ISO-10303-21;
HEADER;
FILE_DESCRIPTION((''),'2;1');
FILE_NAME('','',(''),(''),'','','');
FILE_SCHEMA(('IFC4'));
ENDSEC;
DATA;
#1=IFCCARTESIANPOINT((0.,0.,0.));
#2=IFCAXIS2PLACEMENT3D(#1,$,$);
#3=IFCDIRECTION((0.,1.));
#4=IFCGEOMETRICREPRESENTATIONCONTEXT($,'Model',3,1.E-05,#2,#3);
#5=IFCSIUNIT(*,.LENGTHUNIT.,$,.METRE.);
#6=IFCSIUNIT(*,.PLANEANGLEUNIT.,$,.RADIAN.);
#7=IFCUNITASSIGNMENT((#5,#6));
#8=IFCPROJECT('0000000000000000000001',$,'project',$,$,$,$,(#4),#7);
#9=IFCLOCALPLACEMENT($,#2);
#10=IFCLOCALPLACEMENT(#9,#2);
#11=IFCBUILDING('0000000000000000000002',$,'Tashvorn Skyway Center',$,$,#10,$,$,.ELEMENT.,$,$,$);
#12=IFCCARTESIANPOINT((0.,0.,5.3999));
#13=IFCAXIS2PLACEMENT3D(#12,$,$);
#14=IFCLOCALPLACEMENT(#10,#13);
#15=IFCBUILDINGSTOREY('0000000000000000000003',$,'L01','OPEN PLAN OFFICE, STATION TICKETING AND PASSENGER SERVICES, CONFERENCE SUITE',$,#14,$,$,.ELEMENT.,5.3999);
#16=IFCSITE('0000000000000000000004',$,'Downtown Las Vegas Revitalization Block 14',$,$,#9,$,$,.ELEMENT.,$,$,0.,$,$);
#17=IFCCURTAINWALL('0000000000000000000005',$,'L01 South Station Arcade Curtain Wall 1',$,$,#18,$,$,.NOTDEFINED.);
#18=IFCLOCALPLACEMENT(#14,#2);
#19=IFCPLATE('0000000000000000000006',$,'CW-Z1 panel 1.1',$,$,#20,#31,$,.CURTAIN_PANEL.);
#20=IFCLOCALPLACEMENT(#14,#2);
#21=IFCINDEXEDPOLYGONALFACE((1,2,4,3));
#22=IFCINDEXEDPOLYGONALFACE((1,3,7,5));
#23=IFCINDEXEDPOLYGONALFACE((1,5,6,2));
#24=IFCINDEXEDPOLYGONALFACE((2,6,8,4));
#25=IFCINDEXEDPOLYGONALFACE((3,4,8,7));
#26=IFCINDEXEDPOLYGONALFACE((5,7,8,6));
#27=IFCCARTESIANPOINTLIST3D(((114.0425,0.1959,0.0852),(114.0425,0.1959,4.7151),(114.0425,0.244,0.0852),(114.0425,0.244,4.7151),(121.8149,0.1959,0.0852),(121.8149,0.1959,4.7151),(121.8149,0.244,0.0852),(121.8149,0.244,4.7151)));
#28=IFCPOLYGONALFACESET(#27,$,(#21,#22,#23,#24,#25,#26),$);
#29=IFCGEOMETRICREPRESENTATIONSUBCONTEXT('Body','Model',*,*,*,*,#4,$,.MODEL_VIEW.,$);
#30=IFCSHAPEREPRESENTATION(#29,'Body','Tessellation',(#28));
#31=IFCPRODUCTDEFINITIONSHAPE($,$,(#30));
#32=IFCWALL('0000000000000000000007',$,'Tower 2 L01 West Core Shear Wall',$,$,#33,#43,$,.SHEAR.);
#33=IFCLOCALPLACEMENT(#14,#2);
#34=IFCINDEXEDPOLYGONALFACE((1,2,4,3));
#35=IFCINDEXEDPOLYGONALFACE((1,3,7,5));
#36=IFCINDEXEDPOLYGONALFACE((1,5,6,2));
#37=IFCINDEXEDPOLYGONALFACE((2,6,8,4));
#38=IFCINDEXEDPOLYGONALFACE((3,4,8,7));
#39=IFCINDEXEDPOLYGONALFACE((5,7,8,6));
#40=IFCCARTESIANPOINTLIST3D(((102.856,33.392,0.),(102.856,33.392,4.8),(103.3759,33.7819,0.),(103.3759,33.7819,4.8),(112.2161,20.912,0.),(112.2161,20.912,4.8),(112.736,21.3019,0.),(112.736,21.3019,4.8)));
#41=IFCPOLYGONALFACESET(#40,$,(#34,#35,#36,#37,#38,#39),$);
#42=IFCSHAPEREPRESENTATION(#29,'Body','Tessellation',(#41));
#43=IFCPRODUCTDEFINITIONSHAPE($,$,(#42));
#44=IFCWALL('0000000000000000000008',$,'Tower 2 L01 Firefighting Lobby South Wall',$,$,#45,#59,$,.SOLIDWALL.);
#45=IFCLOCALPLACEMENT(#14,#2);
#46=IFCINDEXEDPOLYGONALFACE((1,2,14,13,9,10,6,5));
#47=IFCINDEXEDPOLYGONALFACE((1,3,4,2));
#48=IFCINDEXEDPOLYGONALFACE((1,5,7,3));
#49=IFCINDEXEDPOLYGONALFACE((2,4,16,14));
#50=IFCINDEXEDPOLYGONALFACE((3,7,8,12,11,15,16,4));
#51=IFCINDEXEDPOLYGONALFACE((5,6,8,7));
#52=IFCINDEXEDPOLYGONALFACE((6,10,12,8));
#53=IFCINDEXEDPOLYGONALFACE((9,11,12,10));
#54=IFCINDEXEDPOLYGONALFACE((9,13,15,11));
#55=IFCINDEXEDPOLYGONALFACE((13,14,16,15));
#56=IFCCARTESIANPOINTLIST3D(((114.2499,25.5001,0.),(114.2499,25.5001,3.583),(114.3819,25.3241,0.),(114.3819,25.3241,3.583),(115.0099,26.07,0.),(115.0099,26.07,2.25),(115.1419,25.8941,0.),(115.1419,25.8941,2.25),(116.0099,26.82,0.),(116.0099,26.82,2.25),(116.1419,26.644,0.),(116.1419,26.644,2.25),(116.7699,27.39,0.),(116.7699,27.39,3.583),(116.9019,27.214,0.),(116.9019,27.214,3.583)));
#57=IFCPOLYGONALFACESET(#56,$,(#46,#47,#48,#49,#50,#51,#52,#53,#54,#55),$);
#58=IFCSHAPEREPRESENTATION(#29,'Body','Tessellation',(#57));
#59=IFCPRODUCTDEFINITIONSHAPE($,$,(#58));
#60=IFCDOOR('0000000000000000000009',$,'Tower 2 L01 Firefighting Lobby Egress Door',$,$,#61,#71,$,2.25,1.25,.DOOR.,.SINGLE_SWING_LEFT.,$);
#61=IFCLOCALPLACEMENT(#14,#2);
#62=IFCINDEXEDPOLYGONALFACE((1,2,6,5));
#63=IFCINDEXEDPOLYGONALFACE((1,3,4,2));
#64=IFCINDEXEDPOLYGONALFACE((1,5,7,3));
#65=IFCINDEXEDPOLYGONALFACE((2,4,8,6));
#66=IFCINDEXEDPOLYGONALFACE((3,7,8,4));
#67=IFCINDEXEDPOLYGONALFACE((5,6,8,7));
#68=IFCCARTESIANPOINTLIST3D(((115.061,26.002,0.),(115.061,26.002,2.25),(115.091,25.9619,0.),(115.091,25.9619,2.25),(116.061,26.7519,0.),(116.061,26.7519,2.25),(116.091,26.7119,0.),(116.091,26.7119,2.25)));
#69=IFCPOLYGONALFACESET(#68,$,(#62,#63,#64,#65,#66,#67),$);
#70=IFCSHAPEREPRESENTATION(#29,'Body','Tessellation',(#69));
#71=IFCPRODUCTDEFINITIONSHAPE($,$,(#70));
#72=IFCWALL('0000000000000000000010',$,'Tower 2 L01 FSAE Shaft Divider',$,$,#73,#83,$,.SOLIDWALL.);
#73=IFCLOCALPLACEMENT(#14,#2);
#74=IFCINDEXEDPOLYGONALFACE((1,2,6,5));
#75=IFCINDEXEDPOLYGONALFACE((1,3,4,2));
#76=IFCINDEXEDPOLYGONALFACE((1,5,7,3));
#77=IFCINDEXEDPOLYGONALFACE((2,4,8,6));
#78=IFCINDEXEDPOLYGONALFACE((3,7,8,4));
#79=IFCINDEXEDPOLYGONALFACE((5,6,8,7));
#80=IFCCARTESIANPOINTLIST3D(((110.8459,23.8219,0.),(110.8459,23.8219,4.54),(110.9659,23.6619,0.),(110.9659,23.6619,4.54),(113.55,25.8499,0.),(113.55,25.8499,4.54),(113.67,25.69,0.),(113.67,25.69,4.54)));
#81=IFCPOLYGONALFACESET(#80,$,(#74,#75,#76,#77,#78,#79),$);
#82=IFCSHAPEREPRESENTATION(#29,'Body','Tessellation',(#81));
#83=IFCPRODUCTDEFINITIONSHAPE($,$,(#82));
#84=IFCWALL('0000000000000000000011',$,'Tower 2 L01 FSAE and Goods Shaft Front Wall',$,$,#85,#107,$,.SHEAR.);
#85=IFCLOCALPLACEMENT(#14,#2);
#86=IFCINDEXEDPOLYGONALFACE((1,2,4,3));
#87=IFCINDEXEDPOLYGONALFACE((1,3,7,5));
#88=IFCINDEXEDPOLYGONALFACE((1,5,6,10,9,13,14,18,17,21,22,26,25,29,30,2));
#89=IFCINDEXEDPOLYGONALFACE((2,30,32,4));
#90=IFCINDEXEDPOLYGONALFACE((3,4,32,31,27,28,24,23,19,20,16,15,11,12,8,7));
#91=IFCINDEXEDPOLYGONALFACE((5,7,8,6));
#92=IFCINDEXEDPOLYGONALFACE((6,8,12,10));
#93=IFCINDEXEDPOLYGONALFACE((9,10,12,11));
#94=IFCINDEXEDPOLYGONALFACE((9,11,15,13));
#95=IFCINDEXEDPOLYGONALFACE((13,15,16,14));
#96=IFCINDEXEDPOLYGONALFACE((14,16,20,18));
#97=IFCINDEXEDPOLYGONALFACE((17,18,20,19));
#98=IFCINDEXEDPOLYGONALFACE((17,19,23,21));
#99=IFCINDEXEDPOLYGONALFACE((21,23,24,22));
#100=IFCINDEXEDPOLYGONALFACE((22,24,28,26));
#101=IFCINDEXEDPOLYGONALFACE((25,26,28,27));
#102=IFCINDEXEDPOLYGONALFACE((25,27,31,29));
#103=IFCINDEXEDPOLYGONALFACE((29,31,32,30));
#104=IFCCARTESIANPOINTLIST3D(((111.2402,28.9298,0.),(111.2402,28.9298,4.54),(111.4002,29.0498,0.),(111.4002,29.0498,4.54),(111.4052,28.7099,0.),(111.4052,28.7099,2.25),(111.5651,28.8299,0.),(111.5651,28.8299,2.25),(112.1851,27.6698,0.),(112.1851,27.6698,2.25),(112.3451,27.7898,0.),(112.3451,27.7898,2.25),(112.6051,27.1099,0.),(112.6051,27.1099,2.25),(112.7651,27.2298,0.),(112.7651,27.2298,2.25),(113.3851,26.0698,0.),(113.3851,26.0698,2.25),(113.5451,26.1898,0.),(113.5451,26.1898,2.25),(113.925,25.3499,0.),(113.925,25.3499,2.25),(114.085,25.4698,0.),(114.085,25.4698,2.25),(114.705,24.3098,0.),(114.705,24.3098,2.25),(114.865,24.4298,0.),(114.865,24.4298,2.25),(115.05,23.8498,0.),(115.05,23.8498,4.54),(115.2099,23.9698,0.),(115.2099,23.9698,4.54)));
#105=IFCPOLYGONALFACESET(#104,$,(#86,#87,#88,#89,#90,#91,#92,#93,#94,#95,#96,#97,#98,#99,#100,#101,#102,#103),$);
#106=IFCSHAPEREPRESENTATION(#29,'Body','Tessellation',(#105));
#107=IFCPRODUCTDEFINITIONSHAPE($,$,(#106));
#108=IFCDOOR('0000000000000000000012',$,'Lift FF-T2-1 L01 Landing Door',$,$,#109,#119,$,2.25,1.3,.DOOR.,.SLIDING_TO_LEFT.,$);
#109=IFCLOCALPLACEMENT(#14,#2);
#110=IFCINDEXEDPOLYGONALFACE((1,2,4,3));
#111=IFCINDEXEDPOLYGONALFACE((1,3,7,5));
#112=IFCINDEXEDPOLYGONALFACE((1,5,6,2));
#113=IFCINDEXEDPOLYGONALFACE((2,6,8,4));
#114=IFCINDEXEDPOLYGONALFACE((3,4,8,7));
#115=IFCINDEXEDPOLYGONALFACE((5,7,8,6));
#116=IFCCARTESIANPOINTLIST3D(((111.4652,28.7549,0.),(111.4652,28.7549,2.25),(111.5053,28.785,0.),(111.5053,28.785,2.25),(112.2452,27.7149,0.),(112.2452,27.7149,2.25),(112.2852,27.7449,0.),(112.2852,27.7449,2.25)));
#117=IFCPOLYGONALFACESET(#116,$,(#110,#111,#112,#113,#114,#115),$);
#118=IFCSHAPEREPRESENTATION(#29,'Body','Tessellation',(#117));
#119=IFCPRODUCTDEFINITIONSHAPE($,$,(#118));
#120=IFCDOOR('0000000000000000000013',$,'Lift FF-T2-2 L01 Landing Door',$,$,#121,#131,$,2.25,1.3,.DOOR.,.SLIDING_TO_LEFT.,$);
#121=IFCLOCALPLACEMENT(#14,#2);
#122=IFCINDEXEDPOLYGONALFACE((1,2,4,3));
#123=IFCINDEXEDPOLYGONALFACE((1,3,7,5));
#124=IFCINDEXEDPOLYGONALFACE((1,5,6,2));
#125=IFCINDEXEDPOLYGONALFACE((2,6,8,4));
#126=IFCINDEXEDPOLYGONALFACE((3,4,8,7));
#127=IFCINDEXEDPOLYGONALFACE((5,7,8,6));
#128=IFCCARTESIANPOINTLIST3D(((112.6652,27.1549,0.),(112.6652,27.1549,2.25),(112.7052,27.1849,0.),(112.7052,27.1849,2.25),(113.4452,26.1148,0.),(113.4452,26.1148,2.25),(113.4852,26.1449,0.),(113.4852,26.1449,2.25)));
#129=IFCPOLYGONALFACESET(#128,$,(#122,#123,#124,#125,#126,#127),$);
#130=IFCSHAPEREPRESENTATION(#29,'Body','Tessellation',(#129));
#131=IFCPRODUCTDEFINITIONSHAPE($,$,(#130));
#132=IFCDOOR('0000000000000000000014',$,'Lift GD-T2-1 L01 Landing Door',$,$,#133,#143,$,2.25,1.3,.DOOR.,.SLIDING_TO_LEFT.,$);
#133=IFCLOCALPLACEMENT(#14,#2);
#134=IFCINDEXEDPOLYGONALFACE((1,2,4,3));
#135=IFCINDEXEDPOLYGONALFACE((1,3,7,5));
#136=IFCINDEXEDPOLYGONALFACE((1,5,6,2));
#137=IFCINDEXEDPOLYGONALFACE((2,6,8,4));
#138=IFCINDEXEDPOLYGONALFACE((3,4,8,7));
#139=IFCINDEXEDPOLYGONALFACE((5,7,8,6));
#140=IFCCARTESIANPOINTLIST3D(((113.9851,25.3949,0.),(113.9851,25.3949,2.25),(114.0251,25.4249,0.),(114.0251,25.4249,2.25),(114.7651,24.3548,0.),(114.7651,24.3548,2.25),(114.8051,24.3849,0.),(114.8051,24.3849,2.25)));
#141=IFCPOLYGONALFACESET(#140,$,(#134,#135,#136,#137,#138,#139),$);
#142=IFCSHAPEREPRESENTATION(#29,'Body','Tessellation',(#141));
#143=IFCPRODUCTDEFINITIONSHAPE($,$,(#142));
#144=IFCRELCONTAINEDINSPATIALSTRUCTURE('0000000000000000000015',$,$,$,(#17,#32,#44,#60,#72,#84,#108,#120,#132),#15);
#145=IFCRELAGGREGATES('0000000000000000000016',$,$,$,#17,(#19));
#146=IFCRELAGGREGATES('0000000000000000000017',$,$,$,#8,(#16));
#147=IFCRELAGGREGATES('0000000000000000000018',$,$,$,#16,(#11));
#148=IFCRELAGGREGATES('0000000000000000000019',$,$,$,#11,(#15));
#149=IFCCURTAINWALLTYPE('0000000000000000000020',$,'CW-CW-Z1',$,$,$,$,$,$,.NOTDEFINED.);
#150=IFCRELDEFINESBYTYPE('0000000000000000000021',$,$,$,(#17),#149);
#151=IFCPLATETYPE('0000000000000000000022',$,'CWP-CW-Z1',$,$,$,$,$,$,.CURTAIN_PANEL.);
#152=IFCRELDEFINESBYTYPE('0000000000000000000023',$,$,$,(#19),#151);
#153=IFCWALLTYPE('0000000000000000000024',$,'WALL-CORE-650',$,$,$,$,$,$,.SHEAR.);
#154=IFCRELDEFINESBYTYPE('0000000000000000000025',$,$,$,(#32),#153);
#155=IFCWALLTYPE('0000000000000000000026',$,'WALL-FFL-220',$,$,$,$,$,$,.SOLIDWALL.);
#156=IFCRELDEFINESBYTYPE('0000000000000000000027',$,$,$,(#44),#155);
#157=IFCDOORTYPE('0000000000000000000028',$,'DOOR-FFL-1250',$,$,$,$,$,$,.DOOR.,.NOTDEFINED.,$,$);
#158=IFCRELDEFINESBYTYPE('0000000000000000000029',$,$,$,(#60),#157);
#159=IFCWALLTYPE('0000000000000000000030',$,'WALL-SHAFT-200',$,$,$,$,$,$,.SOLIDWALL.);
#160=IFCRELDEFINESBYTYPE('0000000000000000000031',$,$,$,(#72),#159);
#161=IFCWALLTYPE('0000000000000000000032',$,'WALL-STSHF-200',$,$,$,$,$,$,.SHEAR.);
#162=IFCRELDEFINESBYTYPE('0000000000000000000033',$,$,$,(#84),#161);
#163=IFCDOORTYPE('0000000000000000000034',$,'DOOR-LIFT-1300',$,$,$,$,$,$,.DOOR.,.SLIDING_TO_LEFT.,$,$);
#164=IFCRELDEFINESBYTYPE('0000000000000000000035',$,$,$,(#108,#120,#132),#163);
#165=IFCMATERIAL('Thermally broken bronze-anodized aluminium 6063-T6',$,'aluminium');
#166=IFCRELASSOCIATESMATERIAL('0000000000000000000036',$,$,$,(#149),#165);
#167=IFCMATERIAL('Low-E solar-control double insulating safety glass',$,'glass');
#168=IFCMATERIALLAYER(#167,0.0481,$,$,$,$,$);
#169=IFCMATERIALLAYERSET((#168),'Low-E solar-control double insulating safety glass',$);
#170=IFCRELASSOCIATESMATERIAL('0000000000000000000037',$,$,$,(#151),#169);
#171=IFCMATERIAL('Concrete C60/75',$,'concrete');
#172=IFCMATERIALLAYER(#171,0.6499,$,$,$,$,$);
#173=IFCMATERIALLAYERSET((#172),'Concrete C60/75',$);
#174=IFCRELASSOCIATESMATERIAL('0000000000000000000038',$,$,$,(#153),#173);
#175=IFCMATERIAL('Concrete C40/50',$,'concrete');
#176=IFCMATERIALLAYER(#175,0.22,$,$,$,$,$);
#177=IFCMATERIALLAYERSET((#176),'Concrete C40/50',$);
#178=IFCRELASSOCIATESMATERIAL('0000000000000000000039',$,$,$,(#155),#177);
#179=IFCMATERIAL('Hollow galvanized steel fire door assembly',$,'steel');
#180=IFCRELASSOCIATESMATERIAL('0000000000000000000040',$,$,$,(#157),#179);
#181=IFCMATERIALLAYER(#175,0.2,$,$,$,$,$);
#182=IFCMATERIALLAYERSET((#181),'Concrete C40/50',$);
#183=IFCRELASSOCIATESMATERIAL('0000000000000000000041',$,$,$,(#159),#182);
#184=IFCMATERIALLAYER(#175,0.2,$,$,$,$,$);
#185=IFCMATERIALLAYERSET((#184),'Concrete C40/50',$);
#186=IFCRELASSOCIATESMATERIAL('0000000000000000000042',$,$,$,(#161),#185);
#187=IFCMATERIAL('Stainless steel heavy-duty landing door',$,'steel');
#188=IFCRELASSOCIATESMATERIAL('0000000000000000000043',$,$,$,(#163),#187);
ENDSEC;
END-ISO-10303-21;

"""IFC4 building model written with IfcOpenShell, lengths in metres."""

from ifc_helpers import new_model, si_unit, direction, frame, frame_2d, origin, origin_2d, place, context, subcontext, project, spatial, rectangle, extrude, material, layer, layer_set, type_object, element, fill, aggregate, save


model = new_model("IFC4")

# Units and contexts
model_context = context("Model", 3, precision=1e-05, world=origin(), true_north=direction((0.0, 1.0)))
body_context = subcontext(model_context, "Body", "Model", "MODEL_VIEW")
ifc_project = project(units=[si_unit("LENGTHUNIT", "METRE"), si_unit("PLANEANGLEUNIT", "RADIAN")], contexts=[model_context])

# Site, building, storey
site_placement = place(None, origin())
site = spatial("IfcSite", under=ifc_project, at=site_placement, Name="Downtown Las Vegas Revitalization Block 14", CompositionType="ELEMENT", RefElevation=0.0)
building_placement = place(site_placement, origin())
building = spatial("IfcBuilding", under=site, at=building_placement, Name="Tashvorn Skyway Center", CompositionType="ELEMENT")
storey_placement = place(building_placement, frame((0.0, 0.0, 5.3999)))
storey = spatial("IfcBuildingStorey", under=building, at=storey_placement, Name="L01", Description="OPEN PLAN OFFICE, STATION TICKETING AND PASSENGER SERVICES, CONFERENCE SUITE", CompositionType="ELEMENT", Elevation=5.3999)

# Curtain wall, plate
ifc_material_1 = material(Name="Thermally broken bronze-anodized aluminium 6063-T6", Category="aluminium")
curtain_wall_type = type_object("IfcCurtainWallType", Name="CW-CW-Z1", PredefinedType="NOTDEFINED", material=ifc_material_1)
curtain_wall_placement = place(storey_placement, origin())
curtain_wall = element("IfcCurtainWall", 1, at=curtain_wall_placement, inside=storey, type_object=curtain_wall_type, Name="L01 South Station Arcade Curtain Wall 1", PredefinedType="NOTDEFINED")
ifc_material_2 = material(Name="Low-E solar-control double insulating safety glass", Category="glass")
ifc_layer_1 = layer(ifc_material_2, 0.0481)
ifc_layer_set_1 = layer_set([ifc_layer_1], Name="Low-E solar-control double insulating safety glass")
plate_type = type_object("IfcPlateType", Name="CWP-CW-Z1", PredefinedType="CURTAIN_PANEL", material=ifc_layer_set_1)
plate_placement = place(storey_placement, frame((117.9287, 0.22, 0.0852), z_axis=(0.0, 0.0, 1.0), x_axis=(-1.0, 0.0, 0.0)))
plate = element("IfcPlate", 2, at=plate_placement, type_object=plate_type, Name="CW-Z1 panel 1.1", PredefinedType="CURTAIN_PANEL", context=body_context, shape_type="SweptSolid", body=[
    extrude(rectangle(XDim=7.7725, YDim=0.0481, at=origin_2d()), origin(), (0.0, 0.0, 1.0), 4.6299),
])
aggregate(curtain_wall, [plate])

# Wall
ifc_material_3 = material(Name="Concrete C60/75", Category="concrete")
ifc_layer_2 = layer(ifc_material_3, 0.6499)
ifc_layer_set_2 = layer_set([ifc_layer_2], Name="Concrete C60/75")
wall_type_1 = type_object("IfcWallType", Name="WALL-CORE-650", PredefinedType="SHEAR", material=ifc_layer_set_2)
wall_1_placement = place(storey_placement, frame((112.4761, 21.1069, 0.0), z_axis=(0.0, 0.0, 1.0), x_axis=(-0.600005, 0.799996, 0.0)))
element("IfcWall", 3, at=wall_1_placement, inside=storey, type_object=wall_type_1, Name="Tower 2 L01 West Core Shear Wall", PredefinedType="SHEAR", context=body_context, shape_type="SweptSolid", body=[
    extrude(rectangle(XDim=15.6001, YDim=0.6499, at=frame_2d((7.8, 0.0))), origin(), (0.0, 0.0, 1.0), 4.8),
])

# Wall, opening, door
ifc_material_4 = material(Name="Concrete C40/50", Category="concrete")
ifc_layer_3 = layer(ifc_material_4, 0.22)
ifc_layer_set_3 = layer_set([ifc_layer_3], Name="Concrete C40/50")
wall_type_2 = type_object("IfcWallType", Name="WALL-FFL-220", PredefinedType="SOLIDWALL", material=ifc_layer_set_3)
wall_2_placement = place(storey_placement, frame((114.3159, 25.4121, 0.0), z_axis=(0.0, 0.0, 1.0), x_axis=(0.800019, 0.599975, 0.0)))
wall_2 = element("IfcWall", 4, at=wall_2_placement, inside=storey, type_object=wall_type_2, Name="Tower 2 L01 Firefighting Lobby South Wall", PredefinedType="SOLIDWALL", context=body_context, shape_type="SweptSolid", body=[
    extrude(rectangle(XDim=3.1499, YDim=0.22, at=frame_2d((1.575, 0.0))), origin(), (0.0, 0.0, 1.0), 3.583),
])
opening_1_placement = place(wall_2_placement, frame((0.95, 0.0, 0.0)))
opening_1 = element("IfcOpeningElement", 5, at=opening_1_placement, cuts=wall_2, PredefinedType="OPENING", context=body_context, shape_type="SweptSolid", body=[
    extrude(rectangle(XDim=1.25, YDim=2.25, at=frame_2d((0.625, 1.125))), frame((0.0, 0.1199, 0.0), z_axis=(0.0, -1.0, 0.0), x_axis=(1.0, 0.0, 0.0)), (0.0, 0.0, 1.0), 0.24),
])
ifc_material_5 = material(Name="Hollow galvanized steel fire door assembly", Category="steel")
door_type_1 = type_object("IfcDoorType", Name="DOOR-FFL-1250", OperationType="NOTDEFINED", PredefinedType="DOOR", material=ifc_material_5)
door_1_placement = place(opening_1_placement, origin())
door_1 = element("IfcDoor", 6, at=door_1_placement, inside=storey, type_object=door_type_1, Name="Tower 2 L01 Firefighting Lobby Egress Door", OperationType="SINGLE_SWING_LEFT", OverallHeight=2.25, OverallWidth=1.25, PredefinedType="DOOR", context=body_context, shape_type="SweptSolid", body=[
    extrude(rectangle(XDim=1.25, YDim=2.25, at=frame_2d((0.625, 1.125))), frame((0.0, 0.0249, 0.0), z_axis=(0.0, -1.0, 0.0), x_axis=(1.0, 0.0, 0.0)), (0.0, 0.0, 1.0), 0.05),
])
fill(opening_1, door_1)

# Wall
ifc_layer_4 = layer(ifc_material_4, 0.2)
ifc_layer_set_4 = layer_set([ifc_layer_4], Name="Concrete C40/50")
wall_type_3 = type_object("IfcWallType", Name="WALL-SHAFT-200", PredefinedType="SOLIDWALL", material=ifc_layer_set_4)
wall_3_placement = place(storey_placement, frame((110.906, 23.7419, 0.0), z_axis=(0.0, 0.0, 1.0), x_axis=(0.8, 0.6, 0.0)))
element("IfcWall", 7, at=wall_3_placement, inside=storey, type_object=wall_type_3, Name="Tower 2 L01 FSAE Shaft Divider", PredefinedType="SOLIDWALL", context=body_context, shape_type="SweptSolid", body=[
    extrude(rectangle(XDim=3.3801, YDim=0.2, at=frame_2d((1.6899, 0.0))), origin(), (0.0, 0.0, 1.0), 4.54),
])

# Wall, openings, doors
ifc_layer_5 = layer(ifc_material_4, 0.2)
ifc_layer_set_5 = layer_set([ifc_layer_5], Name="Concrete C40/50")
wall_type_4 = type_object("IfcWallType", Name="WALL-STSHF-200", PredefinedType="SHEAR", material=ifc_layer_set_5)
wall_4_placement = place(storey_placement, frame((115.1299, 23.9099, 0.0), z_axis=(0.0, 0.0, 1.0), x_axis=(-0.599975, 0.800018, 0.0)))
wall_4 = element("IfcWall", 8, at=wall_4_placement, inside=storey, type_object=wall_type_4, Name="Tower 2 L01 FSAE and Goods Shaft Front Wall", PredefinedType="SHEAR", context=body_context, shape_type="SweptSolid", body=[
    extrude(rectangle(XDim=6.3499, YDim=0.2, at=frame_2d((3.1748, 0.0))), origin(), (0.0, 0.0, 1.0), 4.54),
])
opening_2_placement = place(wall_4_placement, frame((4.7749, 0.0, 0.0)))
opening_2 = element("IfcOpeningElement", 9, at=opening_2_placement, cuts=wall_4, PredefinedType="OPENING", context=body_context, shape_type="SweptSolid", body=[
    extrude(rectangle(XDim=1.3, YDim=2.25, at=frame_2d((0.6499, 1.125))), frame((0.0, 0.1099, 0.0), z_axis=(0.0, -1.0, 0.0), x_axis=(1.0, 0.0, 0.0)), (0.0, 0.0, 1.0), 0.22),
])
opening_3_placement = place(wall_4_placement, frame((2.7749, 0.0, 0.0)))
opening_3 = element("IfcOpeningElement", 10, at=opening_3_placement, cuts=wall_4, PredefinedType="OPENING", context=body_context, shape_type="SweptSolid", body=[
    extrude(rectangle(XDim=1.3, YDim=2.25, at=frame_2d((0.6499, 1.125))), frame((0.0, 0.1099, 0.0), z_axis=(0.0, -1.0, 0.0), x_axis=(1.0, 0.0, 0.0)), (0.0, 0.0, 1.0), 0.22),
])
opening_4_placement = place(wall_4_placement, frame((0.575, 0.0, 0.0)))
opening_4 = element("IfcOpeningElement", 11, at=opening_4_placement, cuts=wall_4, PredefinedType="OPENING", context=body_context, shape_type="SweptSolid", body=[
    extrude(rectangle(XDim=1.3, YDim=2.25, at=frame_2d((0.6499, 1.125))), frame((0.0, 0.1099, 0.0), z_axis=(0.0, -1.0, 0.0), x_axis=(1.0, 0.0, 0.0)), (0.0, 0.0, 1.0), 0.22),
])
ifc_material_6 = material(Name="Stainless steel heavy-duty landing door", Category="steel")
door_type_2 = type_object("IfcDoorType", Name="DOOR-LIFT-1300", OperationType="SLIDING_TO_LEFT", PredefinedType="DOOR", material=ifc_material_6)
door_2_placement = place(opening_2_placement, origin())
door_2 = element("IfcDoor", 12, at=door_2_placement, inside=storey, type_object=door_type_2, Name="Lift FF-T2-1 L01 Landing Door", OperationType="SLIDING_TO_LEFT", OverallHeight=2.25, OverallWidth=1.3, PredefinedType="DOOR", context=body_context, shape_type="SweptSolid", body=[
    extrude(rectangle(XDim=1.3, YDim=2.25, at=frame_2d((0.6499, 1.125))), frame((0.0, 0.0249, 0.0), z_axis=(0.0, -1.0, 0.0), x_axis=(1.0, 0.0, 0.0)), (0.0, 0.0, 1.0), 0.05),
])
fill(opening_2, door_2)
door_3_placement = place(opening_3_placement, origin())
door_3 = element("IfcDoor", 13, at=door_3_placement, inside=storey, type_object=door_type_2, Name="Lift FF-T2-2 L01 Landing Door", OperationType="SLIDING_TO_LEFT", OverallHeight=2.25, OverallWidth=1.3, PredefinedType="DOOR", context=body_context, shape_type="SweptSolid", body=[
    extrude(rectangle(XDim=1.3, YDim=2.25, at=frame_2d((0.6499, 1.125))), frame((0.0, 0.0249, 0.0), z_axis=(0.0, -1.0, 0.0), x_axis=(1.0, 0.0, 0.0)), (0.0, 0.0, 1.0), 0.05),
])
fill(opening_3, door_3)
door_4_placement = place(opening_4_placement, origin())
door_4 = element("IfcDoor", 14, at=door_4_placement, inside=storey, type_object=door_type_2, Name="Lift GD-T2-1 L01 Landing Door", OperationType="SLIDING_TO_LEFT", OverallHeight=2.25, OverallWidth=1.3, PredefinedType="DOOR", context=body_context, shape_type="SweptSolid", body=[
    extrude(rectangle(XDim=1.3, YDim=2.25, at=frame_2d((0.6499, 1.125))), frame((0.0, 0.0249, 0.0), z_axis=(0.0, -1.0, 0.0), x_axis=(1.0, 0.0, 0.0)), (0.0, 0.0, 1.0), 0.05),
])
fill(opening_4, door_4)

save(model, "model.ifc")
